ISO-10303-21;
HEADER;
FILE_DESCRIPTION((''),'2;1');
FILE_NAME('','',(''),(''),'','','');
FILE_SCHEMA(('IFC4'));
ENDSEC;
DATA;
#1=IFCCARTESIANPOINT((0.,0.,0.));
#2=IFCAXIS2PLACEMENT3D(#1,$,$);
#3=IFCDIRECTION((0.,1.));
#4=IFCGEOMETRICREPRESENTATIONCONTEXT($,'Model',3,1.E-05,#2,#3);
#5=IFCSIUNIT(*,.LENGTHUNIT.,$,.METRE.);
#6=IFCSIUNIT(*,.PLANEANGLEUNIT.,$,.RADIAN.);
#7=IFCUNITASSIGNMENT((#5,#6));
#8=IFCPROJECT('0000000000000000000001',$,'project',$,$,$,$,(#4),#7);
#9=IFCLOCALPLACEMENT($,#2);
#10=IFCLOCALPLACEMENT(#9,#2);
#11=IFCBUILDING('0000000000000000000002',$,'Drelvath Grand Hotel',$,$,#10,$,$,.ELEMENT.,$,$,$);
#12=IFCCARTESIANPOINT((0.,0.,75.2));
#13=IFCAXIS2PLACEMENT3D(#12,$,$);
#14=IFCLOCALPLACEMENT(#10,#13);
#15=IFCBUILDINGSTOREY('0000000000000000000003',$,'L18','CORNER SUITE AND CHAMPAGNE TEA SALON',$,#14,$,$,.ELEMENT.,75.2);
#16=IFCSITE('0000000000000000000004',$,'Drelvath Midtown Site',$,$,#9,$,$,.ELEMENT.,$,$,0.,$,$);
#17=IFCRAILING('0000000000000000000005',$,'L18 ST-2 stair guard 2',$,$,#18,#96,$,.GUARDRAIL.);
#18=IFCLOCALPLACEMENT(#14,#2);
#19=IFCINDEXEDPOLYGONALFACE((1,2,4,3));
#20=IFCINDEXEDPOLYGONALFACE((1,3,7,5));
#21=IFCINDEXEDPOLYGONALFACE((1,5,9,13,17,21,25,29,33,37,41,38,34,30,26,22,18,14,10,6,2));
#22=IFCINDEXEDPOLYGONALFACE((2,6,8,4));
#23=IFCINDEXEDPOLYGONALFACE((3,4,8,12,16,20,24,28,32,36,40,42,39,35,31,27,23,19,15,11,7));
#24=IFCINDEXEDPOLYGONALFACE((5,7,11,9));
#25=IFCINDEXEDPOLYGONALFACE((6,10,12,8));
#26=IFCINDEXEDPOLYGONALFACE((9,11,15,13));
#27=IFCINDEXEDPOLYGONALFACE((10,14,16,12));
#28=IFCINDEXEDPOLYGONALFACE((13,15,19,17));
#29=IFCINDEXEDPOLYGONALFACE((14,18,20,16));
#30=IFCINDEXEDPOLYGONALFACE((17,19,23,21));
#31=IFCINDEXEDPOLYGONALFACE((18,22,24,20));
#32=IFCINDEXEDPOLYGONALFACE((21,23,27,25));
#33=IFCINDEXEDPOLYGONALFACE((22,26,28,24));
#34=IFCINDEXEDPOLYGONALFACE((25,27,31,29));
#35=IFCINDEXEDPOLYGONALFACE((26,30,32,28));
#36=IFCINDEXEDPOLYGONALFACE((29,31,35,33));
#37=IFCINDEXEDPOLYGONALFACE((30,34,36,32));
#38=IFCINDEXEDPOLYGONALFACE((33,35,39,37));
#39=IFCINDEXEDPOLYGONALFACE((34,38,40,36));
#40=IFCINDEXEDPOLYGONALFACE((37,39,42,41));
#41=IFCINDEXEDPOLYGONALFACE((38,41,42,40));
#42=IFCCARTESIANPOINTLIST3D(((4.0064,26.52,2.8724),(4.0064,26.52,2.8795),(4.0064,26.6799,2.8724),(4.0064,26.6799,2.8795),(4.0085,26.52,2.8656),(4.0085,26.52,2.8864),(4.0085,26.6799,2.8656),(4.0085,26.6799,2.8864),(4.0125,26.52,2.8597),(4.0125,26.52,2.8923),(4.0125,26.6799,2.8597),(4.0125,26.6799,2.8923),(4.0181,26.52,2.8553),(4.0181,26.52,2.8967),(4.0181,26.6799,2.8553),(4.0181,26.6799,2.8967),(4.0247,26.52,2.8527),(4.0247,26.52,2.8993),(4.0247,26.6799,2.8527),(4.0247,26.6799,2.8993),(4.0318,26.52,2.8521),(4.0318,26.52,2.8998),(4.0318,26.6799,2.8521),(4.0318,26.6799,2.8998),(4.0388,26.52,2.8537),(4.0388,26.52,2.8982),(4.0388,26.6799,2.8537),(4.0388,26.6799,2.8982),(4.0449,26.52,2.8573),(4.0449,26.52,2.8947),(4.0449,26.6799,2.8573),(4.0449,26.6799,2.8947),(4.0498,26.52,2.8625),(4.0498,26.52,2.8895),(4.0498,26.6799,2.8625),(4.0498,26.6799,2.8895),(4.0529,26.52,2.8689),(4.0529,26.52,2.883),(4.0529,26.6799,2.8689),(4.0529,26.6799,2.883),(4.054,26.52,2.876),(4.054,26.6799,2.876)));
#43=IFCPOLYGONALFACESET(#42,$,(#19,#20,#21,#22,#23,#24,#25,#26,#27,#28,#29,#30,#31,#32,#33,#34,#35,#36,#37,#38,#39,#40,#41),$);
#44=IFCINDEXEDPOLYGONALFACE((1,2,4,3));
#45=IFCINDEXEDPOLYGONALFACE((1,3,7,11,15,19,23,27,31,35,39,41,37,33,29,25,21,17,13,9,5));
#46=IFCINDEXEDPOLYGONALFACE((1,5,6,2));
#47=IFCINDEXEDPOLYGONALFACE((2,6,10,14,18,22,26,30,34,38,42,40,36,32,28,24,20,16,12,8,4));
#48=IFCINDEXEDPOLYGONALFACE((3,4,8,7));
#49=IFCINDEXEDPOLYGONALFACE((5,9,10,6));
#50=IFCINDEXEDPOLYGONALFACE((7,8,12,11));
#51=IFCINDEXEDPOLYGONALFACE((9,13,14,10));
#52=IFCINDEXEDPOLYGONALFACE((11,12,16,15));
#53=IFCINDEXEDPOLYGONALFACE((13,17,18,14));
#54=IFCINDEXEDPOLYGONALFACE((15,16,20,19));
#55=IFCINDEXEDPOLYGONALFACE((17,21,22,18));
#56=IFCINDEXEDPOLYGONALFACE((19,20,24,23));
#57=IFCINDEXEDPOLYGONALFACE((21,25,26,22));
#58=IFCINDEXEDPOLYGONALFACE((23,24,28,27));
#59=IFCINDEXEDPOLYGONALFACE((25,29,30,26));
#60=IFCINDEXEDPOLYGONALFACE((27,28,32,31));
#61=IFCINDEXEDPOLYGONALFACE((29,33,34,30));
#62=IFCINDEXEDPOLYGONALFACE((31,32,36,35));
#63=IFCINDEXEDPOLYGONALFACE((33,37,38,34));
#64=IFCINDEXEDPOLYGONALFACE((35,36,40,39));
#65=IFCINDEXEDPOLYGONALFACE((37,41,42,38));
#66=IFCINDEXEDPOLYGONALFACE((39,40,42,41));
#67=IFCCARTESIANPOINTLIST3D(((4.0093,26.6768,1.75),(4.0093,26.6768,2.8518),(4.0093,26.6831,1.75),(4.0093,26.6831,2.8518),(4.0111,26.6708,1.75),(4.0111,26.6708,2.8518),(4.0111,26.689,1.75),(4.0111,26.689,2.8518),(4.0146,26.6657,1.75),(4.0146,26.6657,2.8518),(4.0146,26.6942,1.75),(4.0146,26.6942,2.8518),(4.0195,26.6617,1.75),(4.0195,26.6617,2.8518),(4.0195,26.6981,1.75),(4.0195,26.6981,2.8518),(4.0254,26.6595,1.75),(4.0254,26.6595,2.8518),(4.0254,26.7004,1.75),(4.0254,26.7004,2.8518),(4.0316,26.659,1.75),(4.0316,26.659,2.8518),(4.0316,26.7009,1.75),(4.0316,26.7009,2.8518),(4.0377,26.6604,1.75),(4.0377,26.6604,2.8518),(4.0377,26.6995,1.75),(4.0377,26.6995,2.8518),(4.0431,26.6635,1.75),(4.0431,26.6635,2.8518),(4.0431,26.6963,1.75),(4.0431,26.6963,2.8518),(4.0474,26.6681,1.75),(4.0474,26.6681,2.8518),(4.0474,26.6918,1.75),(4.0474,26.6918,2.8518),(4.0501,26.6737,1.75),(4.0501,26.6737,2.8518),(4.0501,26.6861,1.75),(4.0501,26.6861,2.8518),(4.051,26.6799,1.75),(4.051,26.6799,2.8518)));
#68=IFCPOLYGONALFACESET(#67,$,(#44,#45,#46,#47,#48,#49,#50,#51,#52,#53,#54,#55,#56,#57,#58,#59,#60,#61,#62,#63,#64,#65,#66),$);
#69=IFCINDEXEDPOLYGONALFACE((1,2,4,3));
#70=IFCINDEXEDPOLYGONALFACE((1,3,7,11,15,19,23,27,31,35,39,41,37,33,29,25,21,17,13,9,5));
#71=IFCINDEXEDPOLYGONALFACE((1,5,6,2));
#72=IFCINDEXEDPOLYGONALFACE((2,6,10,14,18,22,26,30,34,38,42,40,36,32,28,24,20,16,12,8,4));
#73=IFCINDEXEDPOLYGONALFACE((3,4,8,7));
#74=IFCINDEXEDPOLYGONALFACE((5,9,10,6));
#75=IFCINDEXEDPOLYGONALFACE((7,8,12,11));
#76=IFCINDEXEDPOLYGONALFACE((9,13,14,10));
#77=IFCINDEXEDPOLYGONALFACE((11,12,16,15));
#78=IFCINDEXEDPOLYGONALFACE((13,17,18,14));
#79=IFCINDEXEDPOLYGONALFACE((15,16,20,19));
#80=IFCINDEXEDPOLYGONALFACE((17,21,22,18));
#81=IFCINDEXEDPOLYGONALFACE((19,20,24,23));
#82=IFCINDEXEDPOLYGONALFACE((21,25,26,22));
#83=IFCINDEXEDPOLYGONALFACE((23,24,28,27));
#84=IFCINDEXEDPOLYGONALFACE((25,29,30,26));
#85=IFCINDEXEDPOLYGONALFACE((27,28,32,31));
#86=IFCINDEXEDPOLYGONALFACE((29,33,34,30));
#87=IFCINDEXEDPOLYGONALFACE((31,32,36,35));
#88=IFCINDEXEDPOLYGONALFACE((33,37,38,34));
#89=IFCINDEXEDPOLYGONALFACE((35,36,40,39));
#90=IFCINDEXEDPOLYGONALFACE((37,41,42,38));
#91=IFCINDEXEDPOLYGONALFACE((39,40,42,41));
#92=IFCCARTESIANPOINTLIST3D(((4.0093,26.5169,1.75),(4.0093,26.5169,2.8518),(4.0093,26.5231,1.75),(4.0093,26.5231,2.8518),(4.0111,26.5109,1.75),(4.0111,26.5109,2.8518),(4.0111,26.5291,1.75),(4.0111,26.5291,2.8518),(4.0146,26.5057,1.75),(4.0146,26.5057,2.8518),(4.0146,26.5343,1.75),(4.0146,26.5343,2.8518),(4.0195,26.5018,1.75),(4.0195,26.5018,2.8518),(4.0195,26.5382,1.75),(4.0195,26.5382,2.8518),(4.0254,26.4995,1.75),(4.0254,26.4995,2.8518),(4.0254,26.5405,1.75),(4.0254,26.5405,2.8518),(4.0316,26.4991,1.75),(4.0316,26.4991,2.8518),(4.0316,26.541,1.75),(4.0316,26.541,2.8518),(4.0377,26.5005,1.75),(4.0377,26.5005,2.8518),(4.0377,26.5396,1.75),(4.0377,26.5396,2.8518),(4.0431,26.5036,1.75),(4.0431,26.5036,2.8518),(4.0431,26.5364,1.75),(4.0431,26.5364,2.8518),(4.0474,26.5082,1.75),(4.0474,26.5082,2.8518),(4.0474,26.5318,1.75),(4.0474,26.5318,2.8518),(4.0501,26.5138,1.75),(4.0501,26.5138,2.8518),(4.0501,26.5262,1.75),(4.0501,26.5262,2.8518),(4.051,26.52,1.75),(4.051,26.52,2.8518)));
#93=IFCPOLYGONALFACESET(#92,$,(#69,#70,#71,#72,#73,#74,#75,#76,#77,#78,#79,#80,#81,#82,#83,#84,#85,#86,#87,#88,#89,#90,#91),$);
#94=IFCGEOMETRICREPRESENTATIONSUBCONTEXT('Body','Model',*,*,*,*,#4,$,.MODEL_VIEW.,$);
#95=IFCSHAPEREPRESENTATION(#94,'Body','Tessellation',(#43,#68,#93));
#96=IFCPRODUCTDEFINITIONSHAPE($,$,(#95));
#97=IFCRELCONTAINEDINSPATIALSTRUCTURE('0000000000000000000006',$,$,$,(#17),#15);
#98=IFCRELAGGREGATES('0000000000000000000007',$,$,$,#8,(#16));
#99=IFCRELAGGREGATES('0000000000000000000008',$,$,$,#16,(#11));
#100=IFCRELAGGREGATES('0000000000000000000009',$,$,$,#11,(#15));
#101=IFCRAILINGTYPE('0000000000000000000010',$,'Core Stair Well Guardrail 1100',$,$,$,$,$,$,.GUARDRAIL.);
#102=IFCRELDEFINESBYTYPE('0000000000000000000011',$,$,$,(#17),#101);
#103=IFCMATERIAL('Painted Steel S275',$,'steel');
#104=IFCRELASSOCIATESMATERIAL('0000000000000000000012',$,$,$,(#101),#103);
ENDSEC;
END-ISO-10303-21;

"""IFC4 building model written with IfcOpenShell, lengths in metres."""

from ifc_helpers import new_model, si_unit, direction, frame, origin, origin_2d, place, context, subcontext, project, spatial, circle, extrude, material, type_object, element, save


model = new_model("IFC4")

# Units and contexts
model_context = context("Model", 3, precision=1e-05, world=origin(), true_north=direction((0.0, 1.0)))
body_context = subcontext(model_context, "Body", "Model", "MODEL_VIEW")
ifc_project = project(units=[si_unit("LENGTHUNIT", "METRE"), si_unit("PLANEANGLEUNIT", "RADIAN")], contexts=[model_context])

# Site, building, storey
site_placement = place(None, origin())
site = spatial("IfcSite", under=ifc_project, at=site_placement, Name="Drelvath Midtown Site", CompositionType="ELEMENT", RefElevation=0.0)
building_placement = place(site_placement, origin())
building = spatial("IfcBuilding", under=site, at=building_placement, Name="Drelvath Grand Hotel", CompositionType="ELEMENT")
storey_placement = place(building_placement, frame((0.0, 0.0, 75.2)))
storey = spatial("IfcBuildingStorey", under=building, at=storey_placement, Name="L18", Description="CORNER SUITE AND CHAMPAGNE TEA SALON", CompositionType="ELEMENT", Elevation=75.2)

# Shared definitions
ifc_material_1 = material(Name="Painted Steel S275", Category="steel")

# Railing
railing_type_1 = type_object("IfcRailingType", Name="Core Stair Well Guardrail 1100", PredefinedType="GUARDRAIL", material=ifc_material_1)
railing_1_placement = place(storey_placement, frame((4.03, 26.6799, 1.75)))
element("IfcRailing", 1, at=railing_1_placement, inside=storey, type_object=railing_type_1, Name="L18 ST-2 stair guard 2", PredefinedType="GUARDRAIL", context=body_context, shape_type="SweptSolid", body=[
    extrude(circle(Radius=0.0239, at=origin_2d()), frame((0.0, 0.0, 1.126), z_axis=(0.0, -1.0, 0.0), x_axis=(1.0, 0.0, 0.0)), (0.0, 0.0, 1.0), 0.1599),
    extrude(circle(Radius=0.021, at=origin_2d()), origin(), (0.0, 0.0, 1.0), 1.1018),
    extrude(circle(Radius=0.021, at=origin_2d()), frame((0.0, -0.1599, 0.0)), (0.0, 0.0, 1.0), 1.1018),
])

save(model, "model.ifc")
